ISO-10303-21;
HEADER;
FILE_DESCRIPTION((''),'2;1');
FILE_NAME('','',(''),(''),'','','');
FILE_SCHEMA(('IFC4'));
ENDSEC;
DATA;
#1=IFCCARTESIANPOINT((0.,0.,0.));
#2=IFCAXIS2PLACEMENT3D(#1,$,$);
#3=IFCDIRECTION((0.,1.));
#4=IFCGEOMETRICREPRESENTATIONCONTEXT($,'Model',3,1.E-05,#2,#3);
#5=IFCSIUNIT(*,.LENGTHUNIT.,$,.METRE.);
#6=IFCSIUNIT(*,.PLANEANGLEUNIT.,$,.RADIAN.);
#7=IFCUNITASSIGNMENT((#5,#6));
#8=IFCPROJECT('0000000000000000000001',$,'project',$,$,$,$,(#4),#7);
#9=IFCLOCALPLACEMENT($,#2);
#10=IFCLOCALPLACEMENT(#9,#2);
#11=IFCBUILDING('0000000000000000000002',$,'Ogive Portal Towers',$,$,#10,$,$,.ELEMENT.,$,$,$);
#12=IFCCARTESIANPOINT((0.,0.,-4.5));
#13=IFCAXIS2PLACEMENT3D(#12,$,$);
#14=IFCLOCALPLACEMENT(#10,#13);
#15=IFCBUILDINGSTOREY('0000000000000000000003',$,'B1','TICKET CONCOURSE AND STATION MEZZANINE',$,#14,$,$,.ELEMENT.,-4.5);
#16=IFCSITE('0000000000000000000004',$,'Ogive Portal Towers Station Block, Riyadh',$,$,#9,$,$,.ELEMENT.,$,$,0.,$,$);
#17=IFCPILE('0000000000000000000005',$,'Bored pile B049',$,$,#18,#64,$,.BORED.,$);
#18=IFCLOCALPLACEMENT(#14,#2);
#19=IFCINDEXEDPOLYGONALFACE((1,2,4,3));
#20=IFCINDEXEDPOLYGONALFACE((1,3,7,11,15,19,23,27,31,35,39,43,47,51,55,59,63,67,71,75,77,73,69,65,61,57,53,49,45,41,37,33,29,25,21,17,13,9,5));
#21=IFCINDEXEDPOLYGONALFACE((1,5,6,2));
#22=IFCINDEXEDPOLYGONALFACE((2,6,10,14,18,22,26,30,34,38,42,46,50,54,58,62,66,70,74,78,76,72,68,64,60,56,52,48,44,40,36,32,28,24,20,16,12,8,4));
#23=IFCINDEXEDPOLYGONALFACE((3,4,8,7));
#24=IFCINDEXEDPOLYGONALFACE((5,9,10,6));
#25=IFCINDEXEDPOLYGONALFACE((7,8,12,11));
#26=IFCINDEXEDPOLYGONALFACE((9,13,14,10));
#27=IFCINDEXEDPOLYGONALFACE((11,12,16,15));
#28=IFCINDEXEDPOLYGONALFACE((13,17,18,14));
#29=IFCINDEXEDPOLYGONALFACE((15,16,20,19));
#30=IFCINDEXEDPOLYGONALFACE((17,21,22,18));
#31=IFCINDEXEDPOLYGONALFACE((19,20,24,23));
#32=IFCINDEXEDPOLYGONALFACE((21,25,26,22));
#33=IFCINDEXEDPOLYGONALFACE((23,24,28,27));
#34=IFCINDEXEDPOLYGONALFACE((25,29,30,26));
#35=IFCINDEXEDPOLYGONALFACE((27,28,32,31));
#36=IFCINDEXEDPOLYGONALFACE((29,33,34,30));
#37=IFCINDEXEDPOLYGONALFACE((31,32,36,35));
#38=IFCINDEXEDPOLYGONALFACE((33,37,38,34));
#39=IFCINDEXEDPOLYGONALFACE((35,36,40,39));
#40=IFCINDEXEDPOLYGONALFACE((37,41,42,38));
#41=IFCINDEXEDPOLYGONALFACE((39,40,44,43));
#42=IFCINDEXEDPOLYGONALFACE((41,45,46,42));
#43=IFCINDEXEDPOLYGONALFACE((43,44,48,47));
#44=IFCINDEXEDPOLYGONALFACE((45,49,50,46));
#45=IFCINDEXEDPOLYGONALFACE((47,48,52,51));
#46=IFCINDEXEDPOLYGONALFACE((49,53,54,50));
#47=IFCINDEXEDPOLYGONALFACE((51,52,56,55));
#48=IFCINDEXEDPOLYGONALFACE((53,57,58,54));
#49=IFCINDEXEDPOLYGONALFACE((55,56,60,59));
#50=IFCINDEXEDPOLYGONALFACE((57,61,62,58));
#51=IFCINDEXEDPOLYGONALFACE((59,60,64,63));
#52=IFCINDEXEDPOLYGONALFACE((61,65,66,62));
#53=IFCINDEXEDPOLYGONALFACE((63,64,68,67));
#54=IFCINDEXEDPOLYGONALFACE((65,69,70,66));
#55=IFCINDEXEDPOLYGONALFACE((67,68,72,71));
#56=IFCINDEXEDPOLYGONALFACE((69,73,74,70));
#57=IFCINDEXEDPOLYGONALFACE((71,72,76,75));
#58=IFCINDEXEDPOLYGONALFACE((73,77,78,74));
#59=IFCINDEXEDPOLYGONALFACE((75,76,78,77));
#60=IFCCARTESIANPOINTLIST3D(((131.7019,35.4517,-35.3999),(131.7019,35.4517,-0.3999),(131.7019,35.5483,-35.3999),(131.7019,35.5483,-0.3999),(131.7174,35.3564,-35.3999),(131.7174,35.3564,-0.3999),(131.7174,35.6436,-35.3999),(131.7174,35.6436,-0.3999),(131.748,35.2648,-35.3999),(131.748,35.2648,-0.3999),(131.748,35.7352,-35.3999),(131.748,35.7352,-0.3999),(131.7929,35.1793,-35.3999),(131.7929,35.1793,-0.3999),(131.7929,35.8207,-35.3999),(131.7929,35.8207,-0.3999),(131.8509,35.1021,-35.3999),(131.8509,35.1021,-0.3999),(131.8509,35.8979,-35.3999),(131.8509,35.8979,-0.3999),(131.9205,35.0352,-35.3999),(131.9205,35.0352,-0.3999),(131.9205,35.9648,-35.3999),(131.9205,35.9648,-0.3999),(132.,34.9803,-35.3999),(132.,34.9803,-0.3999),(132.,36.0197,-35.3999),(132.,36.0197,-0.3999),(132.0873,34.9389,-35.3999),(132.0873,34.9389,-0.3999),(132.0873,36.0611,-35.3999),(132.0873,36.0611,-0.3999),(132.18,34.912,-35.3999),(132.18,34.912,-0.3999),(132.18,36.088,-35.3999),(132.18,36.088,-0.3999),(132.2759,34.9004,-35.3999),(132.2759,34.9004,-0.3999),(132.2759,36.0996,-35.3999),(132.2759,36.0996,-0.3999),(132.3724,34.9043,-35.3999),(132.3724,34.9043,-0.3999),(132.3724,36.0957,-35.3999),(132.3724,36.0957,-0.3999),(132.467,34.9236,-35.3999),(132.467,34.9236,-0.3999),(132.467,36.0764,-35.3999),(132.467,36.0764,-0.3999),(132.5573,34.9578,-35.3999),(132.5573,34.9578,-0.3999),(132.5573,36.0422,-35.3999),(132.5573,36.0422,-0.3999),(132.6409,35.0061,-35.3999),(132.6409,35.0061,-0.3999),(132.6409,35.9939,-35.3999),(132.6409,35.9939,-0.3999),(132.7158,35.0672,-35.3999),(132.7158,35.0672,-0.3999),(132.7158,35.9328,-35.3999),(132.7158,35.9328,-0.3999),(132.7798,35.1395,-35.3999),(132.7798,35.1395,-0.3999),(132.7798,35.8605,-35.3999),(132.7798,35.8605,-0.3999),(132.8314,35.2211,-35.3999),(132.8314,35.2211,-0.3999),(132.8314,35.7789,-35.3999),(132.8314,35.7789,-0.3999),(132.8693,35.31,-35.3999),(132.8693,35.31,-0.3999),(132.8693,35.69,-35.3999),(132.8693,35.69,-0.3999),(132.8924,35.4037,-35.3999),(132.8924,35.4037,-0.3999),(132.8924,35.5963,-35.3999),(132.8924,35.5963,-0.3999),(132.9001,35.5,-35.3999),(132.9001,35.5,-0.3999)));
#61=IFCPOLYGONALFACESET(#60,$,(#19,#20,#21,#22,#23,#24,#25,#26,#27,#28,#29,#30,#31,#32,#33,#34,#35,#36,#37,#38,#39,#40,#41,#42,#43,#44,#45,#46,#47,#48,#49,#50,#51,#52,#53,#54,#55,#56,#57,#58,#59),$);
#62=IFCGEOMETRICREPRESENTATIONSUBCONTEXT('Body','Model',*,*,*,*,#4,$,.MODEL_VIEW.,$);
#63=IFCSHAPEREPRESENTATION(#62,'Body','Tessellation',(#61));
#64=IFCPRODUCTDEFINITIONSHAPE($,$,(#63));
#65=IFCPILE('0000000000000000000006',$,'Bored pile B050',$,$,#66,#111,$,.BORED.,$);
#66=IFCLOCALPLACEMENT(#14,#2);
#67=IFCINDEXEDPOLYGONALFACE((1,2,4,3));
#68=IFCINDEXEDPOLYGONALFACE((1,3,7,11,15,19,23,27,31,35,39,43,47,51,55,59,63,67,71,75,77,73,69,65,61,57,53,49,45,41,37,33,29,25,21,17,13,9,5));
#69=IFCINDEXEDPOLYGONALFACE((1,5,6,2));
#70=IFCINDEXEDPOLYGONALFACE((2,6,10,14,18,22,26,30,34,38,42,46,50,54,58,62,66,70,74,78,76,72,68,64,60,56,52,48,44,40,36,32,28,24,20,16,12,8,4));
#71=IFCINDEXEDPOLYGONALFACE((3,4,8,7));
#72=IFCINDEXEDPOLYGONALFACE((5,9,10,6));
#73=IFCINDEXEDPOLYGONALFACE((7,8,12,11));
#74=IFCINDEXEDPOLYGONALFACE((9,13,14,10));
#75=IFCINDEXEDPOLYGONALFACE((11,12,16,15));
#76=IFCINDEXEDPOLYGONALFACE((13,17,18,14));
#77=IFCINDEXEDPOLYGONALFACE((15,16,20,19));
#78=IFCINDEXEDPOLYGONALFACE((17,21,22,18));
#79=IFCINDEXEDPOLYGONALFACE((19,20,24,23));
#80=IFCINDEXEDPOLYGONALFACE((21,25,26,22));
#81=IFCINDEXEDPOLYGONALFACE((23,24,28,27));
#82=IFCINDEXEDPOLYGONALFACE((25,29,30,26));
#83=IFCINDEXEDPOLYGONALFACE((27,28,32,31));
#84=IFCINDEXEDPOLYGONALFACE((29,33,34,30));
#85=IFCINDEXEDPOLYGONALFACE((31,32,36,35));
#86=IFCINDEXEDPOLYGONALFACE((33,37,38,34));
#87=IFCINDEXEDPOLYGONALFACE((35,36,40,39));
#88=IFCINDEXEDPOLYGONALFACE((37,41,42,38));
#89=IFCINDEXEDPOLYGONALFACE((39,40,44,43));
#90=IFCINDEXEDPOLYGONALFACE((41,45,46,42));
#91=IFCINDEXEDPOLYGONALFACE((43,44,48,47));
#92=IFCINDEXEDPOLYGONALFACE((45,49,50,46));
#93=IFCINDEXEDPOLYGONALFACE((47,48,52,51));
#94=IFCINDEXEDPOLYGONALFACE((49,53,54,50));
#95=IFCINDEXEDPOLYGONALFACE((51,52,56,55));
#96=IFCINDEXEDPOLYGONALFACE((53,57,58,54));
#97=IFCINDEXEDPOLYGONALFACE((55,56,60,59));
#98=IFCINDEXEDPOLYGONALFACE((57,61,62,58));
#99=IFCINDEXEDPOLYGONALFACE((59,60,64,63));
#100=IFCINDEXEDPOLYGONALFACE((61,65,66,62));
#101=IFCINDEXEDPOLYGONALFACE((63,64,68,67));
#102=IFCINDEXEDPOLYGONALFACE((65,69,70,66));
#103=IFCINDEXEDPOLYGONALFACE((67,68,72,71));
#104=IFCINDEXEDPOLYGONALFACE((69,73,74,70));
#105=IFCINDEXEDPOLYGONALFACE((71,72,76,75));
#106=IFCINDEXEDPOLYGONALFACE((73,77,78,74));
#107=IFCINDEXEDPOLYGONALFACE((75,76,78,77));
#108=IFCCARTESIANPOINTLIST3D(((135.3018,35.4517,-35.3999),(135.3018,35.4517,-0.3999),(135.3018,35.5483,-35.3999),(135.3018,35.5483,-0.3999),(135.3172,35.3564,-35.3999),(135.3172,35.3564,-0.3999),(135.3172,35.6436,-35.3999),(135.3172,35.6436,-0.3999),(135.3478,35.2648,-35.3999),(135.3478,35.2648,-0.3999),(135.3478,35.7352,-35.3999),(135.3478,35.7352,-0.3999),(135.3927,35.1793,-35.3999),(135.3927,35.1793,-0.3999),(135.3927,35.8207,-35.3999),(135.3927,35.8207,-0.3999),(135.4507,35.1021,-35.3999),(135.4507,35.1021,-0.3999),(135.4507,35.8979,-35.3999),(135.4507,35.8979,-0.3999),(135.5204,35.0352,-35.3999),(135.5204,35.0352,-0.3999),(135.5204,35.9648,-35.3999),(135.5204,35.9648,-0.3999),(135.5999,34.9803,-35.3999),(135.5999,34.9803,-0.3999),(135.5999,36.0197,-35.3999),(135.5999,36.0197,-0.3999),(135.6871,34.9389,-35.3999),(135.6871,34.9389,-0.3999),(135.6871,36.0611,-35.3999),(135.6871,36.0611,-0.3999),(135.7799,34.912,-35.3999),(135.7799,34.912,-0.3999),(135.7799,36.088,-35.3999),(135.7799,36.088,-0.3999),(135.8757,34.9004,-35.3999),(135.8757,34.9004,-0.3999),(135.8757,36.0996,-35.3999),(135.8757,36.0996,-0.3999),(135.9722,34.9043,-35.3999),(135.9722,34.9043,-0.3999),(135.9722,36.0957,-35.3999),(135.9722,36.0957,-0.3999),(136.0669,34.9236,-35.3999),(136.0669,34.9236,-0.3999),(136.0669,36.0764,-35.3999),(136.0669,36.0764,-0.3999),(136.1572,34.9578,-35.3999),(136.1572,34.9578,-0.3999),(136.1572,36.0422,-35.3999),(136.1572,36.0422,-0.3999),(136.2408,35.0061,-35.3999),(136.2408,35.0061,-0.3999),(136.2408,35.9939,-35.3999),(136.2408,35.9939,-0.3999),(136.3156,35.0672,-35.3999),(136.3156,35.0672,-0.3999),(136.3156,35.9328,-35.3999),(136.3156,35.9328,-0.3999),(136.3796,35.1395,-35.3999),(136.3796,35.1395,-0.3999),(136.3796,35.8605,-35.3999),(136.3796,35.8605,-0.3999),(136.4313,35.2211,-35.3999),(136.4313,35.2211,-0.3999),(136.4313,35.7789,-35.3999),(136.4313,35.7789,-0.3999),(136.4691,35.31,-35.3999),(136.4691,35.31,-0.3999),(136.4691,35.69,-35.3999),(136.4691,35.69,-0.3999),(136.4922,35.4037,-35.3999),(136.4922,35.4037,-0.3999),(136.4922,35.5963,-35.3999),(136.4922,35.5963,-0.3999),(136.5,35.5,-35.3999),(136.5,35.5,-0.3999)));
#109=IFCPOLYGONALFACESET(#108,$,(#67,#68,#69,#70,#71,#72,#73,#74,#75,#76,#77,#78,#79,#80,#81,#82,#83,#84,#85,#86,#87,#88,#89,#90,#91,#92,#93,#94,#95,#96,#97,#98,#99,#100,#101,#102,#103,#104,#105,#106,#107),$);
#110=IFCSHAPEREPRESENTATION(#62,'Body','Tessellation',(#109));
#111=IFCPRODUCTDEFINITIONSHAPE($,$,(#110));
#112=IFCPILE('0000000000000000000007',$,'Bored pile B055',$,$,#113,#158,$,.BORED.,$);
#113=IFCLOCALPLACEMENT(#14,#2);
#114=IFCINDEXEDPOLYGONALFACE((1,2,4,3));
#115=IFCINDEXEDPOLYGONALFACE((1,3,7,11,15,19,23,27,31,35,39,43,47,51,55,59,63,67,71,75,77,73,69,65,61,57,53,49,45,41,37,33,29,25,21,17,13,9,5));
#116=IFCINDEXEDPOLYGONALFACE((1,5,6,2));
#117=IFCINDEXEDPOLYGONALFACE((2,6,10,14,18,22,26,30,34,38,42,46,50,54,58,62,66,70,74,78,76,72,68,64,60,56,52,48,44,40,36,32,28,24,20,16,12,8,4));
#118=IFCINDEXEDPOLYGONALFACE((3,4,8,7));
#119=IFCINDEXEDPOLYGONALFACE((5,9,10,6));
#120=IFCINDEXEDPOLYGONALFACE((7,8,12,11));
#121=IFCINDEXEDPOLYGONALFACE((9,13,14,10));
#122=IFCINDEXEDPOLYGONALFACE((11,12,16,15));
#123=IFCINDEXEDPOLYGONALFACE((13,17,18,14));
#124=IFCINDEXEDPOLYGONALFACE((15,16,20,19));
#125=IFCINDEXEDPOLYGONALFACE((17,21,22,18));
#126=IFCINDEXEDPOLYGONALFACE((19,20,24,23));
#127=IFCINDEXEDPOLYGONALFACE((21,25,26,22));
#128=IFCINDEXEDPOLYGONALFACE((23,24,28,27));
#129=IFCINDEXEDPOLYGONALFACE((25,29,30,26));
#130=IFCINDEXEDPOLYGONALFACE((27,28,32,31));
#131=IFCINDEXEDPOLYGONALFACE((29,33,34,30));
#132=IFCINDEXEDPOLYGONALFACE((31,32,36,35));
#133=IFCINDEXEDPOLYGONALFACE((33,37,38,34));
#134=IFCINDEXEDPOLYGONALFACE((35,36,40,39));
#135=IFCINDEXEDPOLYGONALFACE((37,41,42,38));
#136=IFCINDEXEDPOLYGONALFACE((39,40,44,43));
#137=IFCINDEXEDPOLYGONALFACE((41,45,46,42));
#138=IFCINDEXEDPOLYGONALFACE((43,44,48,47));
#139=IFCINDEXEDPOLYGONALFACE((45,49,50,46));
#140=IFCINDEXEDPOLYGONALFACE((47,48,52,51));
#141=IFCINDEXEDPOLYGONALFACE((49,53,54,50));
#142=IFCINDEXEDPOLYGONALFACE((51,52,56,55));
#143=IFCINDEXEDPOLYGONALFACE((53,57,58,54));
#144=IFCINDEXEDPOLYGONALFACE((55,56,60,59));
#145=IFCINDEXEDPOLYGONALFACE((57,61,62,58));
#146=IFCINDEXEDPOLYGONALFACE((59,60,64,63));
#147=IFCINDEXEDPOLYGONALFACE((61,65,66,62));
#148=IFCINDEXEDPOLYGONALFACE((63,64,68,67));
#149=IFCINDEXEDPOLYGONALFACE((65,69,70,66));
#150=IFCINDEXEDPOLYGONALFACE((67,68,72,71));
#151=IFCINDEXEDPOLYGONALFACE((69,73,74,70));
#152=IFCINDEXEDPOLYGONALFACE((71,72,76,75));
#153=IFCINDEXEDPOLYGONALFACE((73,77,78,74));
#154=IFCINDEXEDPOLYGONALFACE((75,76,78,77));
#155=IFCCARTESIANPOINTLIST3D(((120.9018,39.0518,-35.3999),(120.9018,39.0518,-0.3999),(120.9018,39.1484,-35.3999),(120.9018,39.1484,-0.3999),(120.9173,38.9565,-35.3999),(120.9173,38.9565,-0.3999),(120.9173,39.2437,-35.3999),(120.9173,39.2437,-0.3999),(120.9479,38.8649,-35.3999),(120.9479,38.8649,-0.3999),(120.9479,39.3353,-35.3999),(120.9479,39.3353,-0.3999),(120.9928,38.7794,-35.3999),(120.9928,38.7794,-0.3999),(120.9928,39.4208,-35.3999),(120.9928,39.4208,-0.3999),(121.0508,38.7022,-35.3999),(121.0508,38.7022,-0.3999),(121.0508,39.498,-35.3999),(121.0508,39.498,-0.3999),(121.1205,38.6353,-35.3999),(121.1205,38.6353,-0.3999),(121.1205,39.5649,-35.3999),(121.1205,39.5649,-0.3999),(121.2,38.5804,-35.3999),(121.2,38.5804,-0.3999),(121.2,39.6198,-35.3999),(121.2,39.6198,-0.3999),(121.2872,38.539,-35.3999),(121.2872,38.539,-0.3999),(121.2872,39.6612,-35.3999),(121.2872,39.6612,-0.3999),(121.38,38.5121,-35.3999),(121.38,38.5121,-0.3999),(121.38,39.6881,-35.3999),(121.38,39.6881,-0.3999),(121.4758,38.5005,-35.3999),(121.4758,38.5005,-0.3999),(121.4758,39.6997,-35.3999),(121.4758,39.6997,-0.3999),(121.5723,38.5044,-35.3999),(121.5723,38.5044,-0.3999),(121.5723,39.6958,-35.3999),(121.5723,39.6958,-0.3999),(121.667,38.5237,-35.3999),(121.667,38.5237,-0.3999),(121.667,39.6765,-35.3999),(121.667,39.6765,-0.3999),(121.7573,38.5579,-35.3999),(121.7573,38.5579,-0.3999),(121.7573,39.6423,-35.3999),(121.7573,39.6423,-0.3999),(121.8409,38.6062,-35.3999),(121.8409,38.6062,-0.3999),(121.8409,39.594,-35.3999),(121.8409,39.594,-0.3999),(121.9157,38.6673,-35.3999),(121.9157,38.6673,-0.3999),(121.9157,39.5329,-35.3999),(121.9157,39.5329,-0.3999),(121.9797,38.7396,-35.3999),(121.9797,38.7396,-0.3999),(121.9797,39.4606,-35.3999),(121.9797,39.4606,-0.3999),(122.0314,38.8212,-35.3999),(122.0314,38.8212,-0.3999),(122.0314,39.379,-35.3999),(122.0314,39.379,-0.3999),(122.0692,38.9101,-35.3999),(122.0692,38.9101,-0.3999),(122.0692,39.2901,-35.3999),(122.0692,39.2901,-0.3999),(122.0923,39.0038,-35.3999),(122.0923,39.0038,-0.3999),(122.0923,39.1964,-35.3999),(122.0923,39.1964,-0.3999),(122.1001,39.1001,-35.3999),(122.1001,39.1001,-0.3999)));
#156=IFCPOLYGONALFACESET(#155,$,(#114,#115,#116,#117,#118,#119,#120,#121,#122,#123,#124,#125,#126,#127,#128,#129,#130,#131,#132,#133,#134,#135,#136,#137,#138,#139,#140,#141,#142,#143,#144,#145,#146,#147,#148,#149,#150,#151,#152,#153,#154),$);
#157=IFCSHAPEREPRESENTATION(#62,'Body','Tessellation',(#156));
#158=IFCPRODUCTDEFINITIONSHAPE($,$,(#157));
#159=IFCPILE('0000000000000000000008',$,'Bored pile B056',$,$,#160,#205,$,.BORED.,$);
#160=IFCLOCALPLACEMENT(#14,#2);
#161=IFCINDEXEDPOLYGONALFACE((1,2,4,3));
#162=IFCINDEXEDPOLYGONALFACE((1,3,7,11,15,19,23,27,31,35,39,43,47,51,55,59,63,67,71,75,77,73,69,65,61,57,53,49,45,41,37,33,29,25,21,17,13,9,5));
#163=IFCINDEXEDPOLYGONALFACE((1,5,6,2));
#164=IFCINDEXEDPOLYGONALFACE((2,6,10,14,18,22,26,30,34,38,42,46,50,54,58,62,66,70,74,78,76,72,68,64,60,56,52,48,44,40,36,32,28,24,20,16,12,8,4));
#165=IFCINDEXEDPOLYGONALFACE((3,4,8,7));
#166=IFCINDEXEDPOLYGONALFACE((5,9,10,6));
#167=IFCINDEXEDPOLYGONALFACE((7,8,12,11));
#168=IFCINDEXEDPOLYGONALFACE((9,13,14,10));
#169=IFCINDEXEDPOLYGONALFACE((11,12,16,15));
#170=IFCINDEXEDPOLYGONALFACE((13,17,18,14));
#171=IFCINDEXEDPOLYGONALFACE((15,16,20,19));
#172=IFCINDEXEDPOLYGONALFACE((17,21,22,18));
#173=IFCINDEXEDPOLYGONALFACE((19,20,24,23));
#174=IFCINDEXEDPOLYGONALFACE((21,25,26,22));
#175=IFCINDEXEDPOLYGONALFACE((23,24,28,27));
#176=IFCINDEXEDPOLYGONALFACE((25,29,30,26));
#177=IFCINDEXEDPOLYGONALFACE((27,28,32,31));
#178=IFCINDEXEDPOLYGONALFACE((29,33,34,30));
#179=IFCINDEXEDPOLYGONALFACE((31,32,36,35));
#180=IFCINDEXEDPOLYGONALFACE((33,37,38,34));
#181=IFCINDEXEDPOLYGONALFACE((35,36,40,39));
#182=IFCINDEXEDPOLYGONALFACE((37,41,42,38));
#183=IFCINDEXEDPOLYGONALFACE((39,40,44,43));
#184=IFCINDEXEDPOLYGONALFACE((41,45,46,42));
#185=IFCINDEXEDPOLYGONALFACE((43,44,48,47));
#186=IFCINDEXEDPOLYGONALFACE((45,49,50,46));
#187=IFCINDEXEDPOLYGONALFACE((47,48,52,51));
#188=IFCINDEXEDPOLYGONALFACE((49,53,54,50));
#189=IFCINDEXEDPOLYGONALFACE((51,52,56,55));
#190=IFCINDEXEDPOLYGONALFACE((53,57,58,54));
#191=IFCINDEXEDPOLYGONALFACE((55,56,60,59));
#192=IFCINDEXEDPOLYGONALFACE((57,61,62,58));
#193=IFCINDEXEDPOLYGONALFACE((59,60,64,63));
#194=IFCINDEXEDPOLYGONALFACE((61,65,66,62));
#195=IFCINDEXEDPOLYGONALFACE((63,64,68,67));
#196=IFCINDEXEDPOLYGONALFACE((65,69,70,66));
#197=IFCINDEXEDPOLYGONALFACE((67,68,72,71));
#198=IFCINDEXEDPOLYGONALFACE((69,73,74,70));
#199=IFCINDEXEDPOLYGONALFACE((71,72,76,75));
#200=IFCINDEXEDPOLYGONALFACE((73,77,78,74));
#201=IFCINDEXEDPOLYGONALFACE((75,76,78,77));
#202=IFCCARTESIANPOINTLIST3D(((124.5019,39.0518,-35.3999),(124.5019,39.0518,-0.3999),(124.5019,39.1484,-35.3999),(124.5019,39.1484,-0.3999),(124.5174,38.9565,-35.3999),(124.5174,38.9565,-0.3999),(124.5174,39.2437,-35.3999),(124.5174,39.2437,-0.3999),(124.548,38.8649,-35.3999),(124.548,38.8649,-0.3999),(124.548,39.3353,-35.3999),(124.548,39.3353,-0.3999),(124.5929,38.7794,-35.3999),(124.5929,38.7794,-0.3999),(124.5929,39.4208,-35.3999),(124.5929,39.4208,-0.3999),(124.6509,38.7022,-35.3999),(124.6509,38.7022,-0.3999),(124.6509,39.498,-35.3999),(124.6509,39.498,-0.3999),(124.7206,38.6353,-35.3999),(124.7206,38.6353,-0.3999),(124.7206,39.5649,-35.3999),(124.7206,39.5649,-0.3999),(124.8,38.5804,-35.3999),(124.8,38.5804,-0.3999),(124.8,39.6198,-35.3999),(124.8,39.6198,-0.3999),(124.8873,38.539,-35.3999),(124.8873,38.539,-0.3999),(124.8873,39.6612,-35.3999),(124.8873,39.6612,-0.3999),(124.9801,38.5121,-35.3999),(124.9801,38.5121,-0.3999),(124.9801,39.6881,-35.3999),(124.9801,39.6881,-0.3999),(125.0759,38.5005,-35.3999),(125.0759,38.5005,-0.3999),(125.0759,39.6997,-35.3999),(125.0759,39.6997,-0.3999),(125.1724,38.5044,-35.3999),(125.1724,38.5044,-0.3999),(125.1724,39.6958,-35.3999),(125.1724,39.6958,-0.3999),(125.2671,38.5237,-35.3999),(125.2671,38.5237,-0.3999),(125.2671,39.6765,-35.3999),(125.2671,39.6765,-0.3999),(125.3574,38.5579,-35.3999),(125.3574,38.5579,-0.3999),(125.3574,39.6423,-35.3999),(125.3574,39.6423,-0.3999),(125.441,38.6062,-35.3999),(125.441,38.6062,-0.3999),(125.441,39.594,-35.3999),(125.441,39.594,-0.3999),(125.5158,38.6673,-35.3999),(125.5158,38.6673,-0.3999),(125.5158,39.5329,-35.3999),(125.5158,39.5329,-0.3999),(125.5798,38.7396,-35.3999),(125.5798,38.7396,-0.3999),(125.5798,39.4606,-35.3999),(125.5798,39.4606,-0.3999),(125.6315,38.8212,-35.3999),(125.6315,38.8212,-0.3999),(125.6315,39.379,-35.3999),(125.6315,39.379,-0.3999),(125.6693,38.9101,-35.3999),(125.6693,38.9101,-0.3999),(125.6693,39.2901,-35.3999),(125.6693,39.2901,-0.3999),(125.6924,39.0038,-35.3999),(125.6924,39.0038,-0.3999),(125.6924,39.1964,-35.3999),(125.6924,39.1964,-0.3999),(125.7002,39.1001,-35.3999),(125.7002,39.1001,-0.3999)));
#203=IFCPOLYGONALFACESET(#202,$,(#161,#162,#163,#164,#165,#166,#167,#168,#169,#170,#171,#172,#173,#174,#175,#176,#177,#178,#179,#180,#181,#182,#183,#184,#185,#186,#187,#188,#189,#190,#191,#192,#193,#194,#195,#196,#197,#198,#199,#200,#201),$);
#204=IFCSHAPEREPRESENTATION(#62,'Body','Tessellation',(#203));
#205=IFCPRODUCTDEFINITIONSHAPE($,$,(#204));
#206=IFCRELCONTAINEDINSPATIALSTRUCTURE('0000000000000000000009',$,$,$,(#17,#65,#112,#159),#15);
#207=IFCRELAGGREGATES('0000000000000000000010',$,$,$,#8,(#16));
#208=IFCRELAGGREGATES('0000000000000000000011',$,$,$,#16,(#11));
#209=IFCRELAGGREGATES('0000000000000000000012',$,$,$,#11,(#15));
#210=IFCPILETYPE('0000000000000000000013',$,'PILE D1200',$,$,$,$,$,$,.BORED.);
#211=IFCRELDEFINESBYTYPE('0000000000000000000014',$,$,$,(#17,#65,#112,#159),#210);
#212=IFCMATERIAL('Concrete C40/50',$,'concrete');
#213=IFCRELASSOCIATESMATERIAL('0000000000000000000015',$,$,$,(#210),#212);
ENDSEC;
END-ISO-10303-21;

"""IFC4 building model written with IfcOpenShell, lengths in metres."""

from ifc_helpers import new_model, si_unit, direction, frame, origin, origin_2d, place, context, subcontext, project, spatial, circle, extrude, material, material_profile, profile_set, type_object, element, save


model = new_model("IFC4")

# Units and contexts
model_context = context("Model", 3, precision=1e-05, world=origin(), true_north=direction((0.0, 1.0)))
body_context = subcontext(model_context, "Body", "Model", "MODEL_VIEW")
ifc_project = project(units=[si_unit("LENGTHUNIT", "METRE"), si_unit("PLANEANGLEUNIT", "RADIAN")], contexts=[model_context])

# Site, building, storey
site_placement = place(None, origin())
site = spatial("IfcSite", under=ifc_project, at=site_placement, Name="Ogive Portal Towers Station Block, Riyadh", CompositionType="ELEMENT", RefElevation=0.0)
building_placement = place(site_placement, origin())
building = spatial("IfcBuilding", under=site, at=building_placement, Name="Ogive Portal Towers", CompositionType="ELEMENT")
storey_placement = place(building_placement, frame((0.0, 0.0, -4.5)))
storey = spatial("IfcBuildingStorey", under=building, at=storey_placement, Name="B1", Description="TICKET CONCOURSE AND STATION MEZZANINE", CompositionType="ELEMENT", Elevation=-4.5)

# Piles
ifc_material_1 = material(Name="Concrete C40/50", Category="concrete")
ifc_material_profile_1 = material_profile(ifc_material_1, circle(Radius=0.6001, at=origin_2d()), Name="PILE D1200")
ifc_profile_set_1 = profile_set([ifc_material_profile_1], Name="Concrete C40/50")
pile_type = type_object("IfcPileType", Name="PILE D1200", PredefinedType="BORED", material=ifc_profile_set_1)
for number, where, z_axis, x_axis, name in (
    (1, (132.3, 35.5, -0.3999), (0.0, 0.0, -1.0), (1.0, 0.0, 0.0), "Bored pile B049"),
    (2, (135.8999, 35.5, -0.3999), (0.0, 0.0, -1.0), (1.0, 0.0, 0.0), "Bored pile B050"),
    (3, (121.5, 39.1001, -0.3999), (0.0, 0.0, -1.0), (1.0, 0.0, 0.0), "Bored pile B055"),
    (4, (125.1001, 39.1001, -0.3999), (0.0, 0.0, -1.0), (1.0, 0.0, 0.0), "Bored pile B056"),
):
    element("IfcPile", number, at=place(storey_placement, frame(where, z_axis=z_axis, x_axis=x_axis)), inside=storey, type_object=pile_type, Name=name, PredefinedType="BORED", context=body_context, shape_type="SweptSolid", body=[
        extrude(circle(Radius=0.6001, at=origin_2d()), origin(), (0.0, 0.0, 1.0), 35.0),
    ])

save(model, "model.ifc")
